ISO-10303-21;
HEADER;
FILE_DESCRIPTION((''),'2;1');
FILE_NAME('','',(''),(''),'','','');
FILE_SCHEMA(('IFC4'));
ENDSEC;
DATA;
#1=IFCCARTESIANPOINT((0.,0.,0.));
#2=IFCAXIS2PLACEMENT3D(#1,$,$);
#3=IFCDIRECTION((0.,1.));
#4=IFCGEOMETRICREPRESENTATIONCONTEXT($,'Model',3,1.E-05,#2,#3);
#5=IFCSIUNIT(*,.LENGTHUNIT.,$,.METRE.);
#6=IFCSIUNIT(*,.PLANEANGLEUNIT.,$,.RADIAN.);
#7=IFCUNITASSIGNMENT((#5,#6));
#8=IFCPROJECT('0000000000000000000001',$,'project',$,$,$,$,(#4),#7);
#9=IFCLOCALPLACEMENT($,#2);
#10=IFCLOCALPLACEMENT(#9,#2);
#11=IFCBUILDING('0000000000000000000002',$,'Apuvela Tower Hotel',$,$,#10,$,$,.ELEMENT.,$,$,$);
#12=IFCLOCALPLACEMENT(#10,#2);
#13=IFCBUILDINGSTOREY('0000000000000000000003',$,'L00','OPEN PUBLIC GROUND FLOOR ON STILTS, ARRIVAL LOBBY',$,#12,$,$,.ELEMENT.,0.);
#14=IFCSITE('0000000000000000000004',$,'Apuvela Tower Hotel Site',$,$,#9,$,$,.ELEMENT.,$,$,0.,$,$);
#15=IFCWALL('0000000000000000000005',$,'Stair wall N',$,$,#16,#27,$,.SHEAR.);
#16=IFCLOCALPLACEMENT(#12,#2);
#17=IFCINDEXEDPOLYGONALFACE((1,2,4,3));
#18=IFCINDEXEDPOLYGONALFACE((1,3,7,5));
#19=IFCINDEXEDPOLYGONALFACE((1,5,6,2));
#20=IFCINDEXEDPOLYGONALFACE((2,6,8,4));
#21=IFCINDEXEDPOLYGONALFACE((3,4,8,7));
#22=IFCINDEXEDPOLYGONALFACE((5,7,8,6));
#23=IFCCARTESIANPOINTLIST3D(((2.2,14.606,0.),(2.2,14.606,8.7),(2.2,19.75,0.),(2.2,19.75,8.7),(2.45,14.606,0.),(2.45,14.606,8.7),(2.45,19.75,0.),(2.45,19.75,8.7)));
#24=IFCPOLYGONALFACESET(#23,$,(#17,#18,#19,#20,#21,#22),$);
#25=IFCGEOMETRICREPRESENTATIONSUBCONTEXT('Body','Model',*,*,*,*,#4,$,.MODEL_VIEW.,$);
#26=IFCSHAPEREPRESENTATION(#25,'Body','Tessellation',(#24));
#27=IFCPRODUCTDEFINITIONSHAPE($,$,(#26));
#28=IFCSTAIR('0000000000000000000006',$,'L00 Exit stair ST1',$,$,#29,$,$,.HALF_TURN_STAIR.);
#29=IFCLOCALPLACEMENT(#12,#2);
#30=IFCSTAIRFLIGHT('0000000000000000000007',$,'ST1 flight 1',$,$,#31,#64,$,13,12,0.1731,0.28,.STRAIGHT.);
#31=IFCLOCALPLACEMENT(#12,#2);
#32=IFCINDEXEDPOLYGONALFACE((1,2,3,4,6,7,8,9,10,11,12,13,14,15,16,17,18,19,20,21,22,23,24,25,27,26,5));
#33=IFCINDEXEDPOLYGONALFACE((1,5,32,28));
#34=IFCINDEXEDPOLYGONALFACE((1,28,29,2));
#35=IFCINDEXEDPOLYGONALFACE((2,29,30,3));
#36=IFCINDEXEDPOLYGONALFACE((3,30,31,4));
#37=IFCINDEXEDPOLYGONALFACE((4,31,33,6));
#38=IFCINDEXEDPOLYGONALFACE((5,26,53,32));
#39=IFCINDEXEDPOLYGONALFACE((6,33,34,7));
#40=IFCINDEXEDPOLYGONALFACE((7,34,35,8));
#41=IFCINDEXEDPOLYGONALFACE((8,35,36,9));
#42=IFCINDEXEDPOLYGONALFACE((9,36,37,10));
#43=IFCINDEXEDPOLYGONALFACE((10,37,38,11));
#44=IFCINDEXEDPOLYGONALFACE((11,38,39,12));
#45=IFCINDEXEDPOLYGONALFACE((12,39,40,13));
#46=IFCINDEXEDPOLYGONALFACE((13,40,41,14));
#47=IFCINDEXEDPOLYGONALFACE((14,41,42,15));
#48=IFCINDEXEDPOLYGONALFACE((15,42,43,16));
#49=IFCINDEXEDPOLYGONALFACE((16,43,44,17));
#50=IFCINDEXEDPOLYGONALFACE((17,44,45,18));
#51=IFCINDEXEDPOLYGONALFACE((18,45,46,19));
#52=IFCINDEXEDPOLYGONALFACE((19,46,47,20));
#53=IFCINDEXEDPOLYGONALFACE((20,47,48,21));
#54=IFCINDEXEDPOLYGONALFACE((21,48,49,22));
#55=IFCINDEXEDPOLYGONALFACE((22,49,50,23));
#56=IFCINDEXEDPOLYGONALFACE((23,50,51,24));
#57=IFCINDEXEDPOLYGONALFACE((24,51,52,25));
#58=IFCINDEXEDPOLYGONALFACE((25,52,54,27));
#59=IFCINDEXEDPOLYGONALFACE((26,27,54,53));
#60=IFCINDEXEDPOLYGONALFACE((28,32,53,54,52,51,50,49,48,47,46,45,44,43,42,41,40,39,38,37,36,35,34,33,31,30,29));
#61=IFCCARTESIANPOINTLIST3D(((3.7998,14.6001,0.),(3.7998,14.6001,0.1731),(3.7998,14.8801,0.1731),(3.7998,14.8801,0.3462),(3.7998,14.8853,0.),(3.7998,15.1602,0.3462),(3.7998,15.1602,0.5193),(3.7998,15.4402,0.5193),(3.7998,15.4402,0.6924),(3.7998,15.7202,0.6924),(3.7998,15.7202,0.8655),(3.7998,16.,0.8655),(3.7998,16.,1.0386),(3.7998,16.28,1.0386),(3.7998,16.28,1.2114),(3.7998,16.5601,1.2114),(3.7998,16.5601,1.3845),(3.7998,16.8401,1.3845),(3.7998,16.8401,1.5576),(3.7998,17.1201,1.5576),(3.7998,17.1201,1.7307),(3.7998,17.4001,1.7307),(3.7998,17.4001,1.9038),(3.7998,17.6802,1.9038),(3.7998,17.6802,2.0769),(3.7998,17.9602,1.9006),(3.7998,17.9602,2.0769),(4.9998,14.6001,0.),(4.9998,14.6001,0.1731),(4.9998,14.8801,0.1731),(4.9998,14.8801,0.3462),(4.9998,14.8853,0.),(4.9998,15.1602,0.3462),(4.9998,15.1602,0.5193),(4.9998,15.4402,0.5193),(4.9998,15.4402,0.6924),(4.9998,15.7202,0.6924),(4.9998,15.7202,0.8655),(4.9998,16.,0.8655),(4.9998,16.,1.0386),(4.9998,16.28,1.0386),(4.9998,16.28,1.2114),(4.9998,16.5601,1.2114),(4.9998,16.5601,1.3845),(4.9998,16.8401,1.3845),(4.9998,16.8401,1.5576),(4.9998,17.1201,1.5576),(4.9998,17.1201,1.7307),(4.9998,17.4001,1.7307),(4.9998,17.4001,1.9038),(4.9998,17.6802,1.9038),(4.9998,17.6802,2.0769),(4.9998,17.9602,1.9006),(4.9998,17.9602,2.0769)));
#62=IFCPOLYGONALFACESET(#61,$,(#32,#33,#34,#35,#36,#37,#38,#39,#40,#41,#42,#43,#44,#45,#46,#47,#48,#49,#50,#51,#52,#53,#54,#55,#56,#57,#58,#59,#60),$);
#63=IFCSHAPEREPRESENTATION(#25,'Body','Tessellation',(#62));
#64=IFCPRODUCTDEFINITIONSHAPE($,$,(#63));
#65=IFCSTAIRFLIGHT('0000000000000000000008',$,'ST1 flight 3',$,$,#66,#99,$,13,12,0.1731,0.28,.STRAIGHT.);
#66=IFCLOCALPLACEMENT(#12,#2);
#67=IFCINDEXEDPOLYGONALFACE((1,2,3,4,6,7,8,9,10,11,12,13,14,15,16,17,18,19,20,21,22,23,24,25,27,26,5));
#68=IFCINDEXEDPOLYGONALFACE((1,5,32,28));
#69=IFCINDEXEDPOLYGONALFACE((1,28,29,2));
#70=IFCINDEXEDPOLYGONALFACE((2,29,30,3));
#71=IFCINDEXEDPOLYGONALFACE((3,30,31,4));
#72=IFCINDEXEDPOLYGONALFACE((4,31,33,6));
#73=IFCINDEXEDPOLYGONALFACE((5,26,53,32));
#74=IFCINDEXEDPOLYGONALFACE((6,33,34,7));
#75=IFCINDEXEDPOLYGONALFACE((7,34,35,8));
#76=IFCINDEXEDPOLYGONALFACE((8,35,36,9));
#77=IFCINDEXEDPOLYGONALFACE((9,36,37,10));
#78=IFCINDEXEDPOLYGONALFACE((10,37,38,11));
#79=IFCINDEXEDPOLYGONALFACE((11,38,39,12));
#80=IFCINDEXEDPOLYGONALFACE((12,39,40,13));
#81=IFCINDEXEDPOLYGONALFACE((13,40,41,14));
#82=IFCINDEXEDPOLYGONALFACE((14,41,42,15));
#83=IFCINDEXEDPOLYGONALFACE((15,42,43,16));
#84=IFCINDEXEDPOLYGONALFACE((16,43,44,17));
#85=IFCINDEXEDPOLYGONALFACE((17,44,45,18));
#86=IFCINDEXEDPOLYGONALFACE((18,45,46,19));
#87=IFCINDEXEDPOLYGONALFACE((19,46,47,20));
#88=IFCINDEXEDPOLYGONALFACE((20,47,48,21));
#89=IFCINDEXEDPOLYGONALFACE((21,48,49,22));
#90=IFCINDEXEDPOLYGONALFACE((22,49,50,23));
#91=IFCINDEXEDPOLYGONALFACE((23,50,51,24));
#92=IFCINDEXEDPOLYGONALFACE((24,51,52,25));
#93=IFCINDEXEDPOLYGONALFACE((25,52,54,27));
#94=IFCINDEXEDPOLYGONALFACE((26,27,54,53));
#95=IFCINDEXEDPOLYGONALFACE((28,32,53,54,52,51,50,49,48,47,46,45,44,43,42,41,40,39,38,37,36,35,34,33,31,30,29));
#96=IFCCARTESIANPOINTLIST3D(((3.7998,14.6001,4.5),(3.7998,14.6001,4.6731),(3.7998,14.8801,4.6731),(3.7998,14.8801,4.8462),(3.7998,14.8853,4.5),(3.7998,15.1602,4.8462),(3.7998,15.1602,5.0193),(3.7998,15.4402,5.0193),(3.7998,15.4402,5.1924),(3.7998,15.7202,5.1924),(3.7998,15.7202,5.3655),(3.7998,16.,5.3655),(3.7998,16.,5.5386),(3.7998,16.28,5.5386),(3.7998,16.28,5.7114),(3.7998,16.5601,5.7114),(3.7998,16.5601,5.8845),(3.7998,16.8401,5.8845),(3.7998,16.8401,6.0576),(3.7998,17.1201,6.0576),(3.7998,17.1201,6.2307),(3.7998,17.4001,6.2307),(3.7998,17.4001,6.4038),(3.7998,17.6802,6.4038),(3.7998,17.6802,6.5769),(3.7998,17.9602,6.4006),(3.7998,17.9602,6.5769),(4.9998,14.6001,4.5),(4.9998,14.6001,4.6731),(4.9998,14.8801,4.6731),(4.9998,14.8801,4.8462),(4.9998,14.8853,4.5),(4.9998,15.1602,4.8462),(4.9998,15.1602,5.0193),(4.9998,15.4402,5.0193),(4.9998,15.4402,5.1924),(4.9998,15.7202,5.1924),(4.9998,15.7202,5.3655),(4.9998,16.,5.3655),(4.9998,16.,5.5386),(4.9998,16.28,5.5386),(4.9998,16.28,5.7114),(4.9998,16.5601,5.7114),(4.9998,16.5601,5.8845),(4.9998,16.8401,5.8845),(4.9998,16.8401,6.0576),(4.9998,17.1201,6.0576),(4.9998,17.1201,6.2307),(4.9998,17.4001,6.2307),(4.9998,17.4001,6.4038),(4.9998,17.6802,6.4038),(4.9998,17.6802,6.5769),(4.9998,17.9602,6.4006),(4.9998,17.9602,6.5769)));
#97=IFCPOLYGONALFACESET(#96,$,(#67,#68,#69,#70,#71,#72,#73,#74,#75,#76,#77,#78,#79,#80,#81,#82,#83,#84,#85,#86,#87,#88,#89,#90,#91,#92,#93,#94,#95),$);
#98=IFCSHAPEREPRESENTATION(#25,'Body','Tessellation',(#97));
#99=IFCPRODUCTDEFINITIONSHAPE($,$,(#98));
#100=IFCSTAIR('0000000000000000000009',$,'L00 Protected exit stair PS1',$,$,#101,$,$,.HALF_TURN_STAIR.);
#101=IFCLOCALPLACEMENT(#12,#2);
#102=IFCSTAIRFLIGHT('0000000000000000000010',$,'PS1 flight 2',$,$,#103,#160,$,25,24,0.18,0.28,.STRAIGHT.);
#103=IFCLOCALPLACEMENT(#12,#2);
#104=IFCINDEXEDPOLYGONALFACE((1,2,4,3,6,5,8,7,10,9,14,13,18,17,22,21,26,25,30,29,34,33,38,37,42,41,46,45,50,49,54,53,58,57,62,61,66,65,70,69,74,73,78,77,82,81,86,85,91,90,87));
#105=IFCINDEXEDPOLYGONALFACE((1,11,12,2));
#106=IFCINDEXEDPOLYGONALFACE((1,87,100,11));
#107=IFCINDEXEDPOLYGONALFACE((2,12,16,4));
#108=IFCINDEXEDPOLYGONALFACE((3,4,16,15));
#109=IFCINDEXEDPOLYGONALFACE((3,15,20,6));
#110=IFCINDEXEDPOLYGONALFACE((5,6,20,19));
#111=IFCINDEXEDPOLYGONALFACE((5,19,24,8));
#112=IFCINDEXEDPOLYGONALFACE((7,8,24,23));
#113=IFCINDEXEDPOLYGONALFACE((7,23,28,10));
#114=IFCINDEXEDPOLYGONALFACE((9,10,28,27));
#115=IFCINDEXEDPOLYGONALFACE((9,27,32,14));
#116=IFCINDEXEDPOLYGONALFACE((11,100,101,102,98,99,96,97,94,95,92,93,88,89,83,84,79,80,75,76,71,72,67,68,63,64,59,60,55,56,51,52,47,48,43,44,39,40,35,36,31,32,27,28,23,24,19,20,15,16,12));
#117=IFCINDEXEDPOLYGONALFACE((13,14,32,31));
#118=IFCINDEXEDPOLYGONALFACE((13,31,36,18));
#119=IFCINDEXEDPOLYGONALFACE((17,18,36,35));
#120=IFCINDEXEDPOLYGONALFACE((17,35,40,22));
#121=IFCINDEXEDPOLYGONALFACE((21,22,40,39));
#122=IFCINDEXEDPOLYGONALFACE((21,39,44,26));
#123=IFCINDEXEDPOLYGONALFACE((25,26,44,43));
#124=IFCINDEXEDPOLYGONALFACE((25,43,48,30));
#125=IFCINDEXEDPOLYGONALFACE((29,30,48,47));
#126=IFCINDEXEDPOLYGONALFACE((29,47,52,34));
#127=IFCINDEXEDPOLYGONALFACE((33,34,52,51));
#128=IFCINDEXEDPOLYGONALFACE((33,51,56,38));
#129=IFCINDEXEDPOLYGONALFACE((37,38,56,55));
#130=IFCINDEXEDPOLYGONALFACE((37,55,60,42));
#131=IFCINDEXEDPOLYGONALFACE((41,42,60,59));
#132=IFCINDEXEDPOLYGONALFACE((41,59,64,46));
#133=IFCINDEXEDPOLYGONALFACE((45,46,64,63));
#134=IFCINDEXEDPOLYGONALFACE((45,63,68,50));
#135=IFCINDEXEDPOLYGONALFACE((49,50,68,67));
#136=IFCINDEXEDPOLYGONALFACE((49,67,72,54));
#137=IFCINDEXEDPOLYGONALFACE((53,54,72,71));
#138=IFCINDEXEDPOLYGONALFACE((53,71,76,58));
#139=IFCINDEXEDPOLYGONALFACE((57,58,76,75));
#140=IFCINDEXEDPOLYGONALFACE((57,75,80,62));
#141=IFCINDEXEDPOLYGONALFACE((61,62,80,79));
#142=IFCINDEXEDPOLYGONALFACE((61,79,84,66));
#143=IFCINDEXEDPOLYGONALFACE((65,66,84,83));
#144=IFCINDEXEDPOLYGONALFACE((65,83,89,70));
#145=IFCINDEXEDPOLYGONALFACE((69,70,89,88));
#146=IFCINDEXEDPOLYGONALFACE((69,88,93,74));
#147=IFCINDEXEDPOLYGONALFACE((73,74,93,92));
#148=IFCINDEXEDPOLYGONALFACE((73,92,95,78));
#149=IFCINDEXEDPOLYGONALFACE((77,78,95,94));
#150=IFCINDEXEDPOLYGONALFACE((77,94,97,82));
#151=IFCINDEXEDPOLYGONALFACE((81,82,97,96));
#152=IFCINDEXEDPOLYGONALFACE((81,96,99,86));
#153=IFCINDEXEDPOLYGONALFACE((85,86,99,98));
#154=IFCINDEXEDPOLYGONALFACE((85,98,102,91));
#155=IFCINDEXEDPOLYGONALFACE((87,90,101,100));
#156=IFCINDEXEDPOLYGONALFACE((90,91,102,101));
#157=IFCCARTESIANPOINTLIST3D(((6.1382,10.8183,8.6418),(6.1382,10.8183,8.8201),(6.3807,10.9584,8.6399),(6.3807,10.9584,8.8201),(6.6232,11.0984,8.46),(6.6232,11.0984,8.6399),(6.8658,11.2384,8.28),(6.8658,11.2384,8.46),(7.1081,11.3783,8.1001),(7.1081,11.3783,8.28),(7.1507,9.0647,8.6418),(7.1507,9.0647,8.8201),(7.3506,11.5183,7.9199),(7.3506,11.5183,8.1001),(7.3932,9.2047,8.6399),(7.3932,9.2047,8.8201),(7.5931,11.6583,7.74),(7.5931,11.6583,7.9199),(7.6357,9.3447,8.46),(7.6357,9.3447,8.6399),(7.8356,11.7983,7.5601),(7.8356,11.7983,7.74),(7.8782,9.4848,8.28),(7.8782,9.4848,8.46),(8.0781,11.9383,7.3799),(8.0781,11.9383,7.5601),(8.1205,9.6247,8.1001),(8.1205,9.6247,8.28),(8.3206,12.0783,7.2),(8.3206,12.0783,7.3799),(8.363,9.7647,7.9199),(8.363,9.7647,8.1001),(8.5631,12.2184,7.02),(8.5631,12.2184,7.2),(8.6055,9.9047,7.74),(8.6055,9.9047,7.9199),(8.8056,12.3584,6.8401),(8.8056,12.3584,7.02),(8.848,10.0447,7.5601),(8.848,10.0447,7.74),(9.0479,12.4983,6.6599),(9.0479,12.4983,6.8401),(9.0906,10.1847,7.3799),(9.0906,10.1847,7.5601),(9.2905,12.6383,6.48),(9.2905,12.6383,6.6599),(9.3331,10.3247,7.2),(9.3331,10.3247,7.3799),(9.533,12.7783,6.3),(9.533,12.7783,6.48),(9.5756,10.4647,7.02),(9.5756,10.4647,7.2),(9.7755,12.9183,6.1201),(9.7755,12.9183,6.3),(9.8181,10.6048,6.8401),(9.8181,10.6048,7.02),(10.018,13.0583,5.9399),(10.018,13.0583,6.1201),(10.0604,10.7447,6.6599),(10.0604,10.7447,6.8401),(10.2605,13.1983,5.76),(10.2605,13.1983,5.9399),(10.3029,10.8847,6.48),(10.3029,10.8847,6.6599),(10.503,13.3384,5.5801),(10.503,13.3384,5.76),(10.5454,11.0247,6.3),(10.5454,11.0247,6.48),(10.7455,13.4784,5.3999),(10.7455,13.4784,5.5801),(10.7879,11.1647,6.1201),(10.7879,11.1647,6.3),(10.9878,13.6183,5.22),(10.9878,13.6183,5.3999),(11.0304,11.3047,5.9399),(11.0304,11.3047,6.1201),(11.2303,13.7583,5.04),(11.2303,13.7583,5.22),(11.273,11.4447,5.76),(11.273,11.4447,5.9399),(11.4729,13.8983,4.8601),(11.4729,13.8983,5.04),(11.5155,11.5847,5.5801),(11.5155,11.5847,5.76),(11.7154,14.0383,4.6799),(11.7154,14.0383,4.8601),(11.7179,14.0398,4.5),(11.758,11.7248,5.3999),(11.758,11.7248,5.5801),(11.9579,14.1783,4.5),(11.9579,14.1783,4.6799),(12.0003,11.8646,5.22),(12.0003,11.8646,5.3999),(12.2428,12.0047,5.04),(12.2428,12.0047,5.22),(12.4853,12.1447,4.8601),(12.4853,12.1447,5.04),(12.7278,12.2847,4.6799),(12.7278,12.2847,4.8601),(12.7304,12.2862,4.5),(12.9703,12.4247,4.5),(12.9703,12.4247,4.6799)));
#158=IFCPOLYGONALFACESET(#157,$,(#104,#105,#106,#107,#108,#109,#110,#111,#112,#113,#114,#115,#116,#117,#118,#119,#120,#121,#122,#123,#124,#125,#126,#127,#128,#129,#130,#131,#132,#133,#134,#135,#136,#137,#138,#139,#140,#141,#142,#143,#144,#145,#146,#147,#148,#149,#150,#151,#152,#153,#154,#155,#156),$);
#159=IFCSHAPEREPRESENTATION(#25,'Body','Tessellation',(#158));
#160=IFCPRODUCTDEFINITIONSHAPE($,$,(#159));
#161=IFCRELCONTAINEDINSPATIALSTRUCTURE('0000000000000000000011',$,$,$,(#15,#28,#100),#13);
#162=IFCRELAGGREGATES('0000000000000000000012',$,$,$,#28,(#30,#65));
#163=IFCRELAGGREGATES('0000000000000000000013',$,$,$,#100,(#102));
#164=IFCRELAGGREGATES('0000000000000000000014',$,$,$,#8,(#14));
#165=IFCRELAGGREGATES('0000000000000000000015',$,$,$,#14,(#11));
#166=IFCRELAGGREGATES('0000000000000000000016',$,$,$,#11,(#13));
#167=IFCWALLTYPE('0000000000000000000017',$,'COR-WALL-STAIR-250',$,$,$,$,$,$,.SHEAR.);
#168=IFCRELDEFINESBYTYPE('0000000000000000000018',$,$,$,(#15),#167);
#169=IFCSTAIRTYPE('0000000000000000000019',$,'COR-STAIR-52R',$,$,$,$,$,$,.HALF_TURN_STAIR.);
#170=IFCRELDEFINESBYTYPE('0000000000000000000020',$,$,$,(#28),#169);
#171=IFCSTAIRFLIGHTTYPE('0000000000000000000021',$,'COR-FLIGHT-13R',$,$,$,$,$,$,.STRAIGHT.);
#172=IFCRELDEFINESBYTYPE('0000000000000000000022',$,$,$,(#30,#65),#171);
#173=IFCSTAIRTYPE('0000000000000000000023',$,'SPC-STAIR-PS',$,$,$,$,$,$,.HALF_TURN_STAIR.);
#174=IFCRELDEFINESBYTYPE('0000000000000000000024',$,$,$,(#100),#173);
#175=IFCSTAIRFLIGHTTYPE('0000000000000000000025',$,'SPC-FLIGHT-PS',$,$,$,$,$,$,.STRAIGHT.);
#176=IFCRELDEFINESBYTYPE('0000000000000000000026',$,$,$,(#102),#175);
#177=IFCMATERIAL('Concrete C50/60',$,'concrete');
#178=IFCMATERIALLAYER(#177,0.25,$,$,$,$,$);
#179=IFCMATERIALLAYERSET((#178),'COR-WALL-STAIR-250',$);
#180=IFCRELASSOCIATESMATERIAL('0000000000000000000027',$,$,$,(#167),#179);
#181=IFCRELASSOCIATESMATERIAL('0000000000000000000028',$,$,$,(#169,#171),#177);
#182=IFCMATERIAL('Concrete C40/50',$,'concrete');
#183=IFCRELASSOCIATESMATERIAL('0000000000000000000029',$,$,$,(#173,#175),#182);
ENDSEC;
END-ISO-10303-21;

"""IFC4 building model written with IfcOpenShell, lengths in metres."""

from ifc_helpers import new_model, si_unit, direction, frame, frame_2d, origin, place, context, subcontext, project, spatial, polyline, rectangle, outline, extrude, material, layer, layer_set, type_object, element, aggregate, save


model = new_model("IFC4")

# Units and contexts
model_context = context("Model", 3, precision=1e-05, world=origin(), true_north=direction((0.0, 1.0)))
body_context = subcontext(model_context, "Body", "Model", "MODEL_VIEW")
ifc_project = project(units=[si_unit("LENGTHUNIT", "METRE"), si_unit("PLANEANGLEUNIT", "RADIAN")], contexts=[model_context])

# Site, building, storey
site_placement = place(None, origin())
site = spatial("IfcSite", under=ifc_project, at=site_placement, Name="Apuvela Tower Hotel Site", CompositionType="ELEMENT", RefElevation=0.0)
building_placement = place(site_placement, origin())
building = spatial("IfcBuilding", under=site, at=building_placement, Name="Apuvela Tower Hotel", CompositionType="ELEMENT")
storey_placement = place(building_placement, origin())
storey = spatial("IfcBuildingStorey", under=building, at=storey_placement, Name="L00", Description="OPEN PUBLIC GROUND FLOOR ON STILTS, ARRIVAL LOBBY", CompositionType="ELEMENT", Elevation=0.0)

# Shared definitions
ifc_material_1 = material(Name="Concrete C40/50", Category="concrete")

# Shared definitions
ifc_material_2 = material(Name="Concrete C50/60", Category="concrete")

# Shared definitions
ifc_layer_1 = layer(ifc_material_2, 0.25)
ifc_layer_set_1 = layer_set([ifc_layer_1], Name="COR-WALL-STAIR-250")
wall_type_1 = type_object("IfcWallType", Name="COR-WALL-STAIR-250", PredefinedType="SHEAR", material=ifc_layer_set_1)

# Wall
wall_1_placement = place(storey_placement, frame((2.325, 14.606, 0.0), z_axis=(0.0, 0.0, 1.0), x_axis=(0.0, 1.0, 0.0)))
element("IfcWall", 1, at=wall_1_placement, inside=storey, type_object=wall_type_1, Name="Stair wall N", PredefinedType="SHEAR", context=body_context, shape_type="SweptSolid", body=[
    extrude(rectangle(XDim=5.144, YDim=0.25, at=frame_2d((2.572, 0.0))), origin(), (0.0, 0.0, 1.0), 8.7),
])

# Stair, stair flights
stair_type_1 = type_object("IfcStairType", Name="COR-STAIR-52R", PredefinedType="HALF_TURN_STAIR", material=ifc_material_2)
stair_1_placement = place(storey_placement, origin())
stair_1 = element("IfcStair", 2, at=stair_1_placement, inside=storey, type_object=stair_type_1, Name="L00 Exit stair ST1", PredefinedType="HALF_TURN_STAIR")
stair_flight_type_1 = type_object("IfcStairFlightType", Name="COR-FLIGHT-13R", PredefinedType="STRAIGHT", material=ifc_material_2)
stair_flight_1_placement = place(storey_placement, frame((4.3999, 14.6001, 0.0), z_axis=(0.0, 0.0, 1.0), x_axis=(0.0, 1.0, 0.0)))
stair_flight_1 = element("IfcStairFlight", 3, at=stair_flight_1_placement, type_object=stair_flight_type_1, Name="ST1 flight 1", NumberOfRisers=13, NumberOfTreads=12, PredefinedType="STRAIGHT", RiserHeight=0.1731, TreadLength=0.28, context=body_context, shape_type="SweptSolid", body=[
    extrude(outline(polyline([(0.0, 0.0), (0.0, 0.1731), (0.28, 0.1731), (0.28, 0.3462), (0.5601, 0.3462), (0.5601, 0.5193), (0.8401, 0.5193), (0.8401, 0.6924), (1.1201, 0.6924), (1.1201, 0.8655), (1.3999, 0.8655), (1.3999, 1.0386), (1.6799, 1.0386), (1.6799, 1.2114), (1.96, 1.2114), (1.96, 1.3845), (2.24, 1.3845), (2.24, 1.5576), (2.52, 1.5576), (2.52, 1.7307), (2.8, 1.7307), (2.8, 1.9038), (3.0801, 1.9038), (3.0801, 2.0769), (3.3601, 2.0769), (3.3601, 2.25), (3.3601, 1.9006), (0.2852, 0.0), (0.0, 0.0)])), frame((0.0, 0.6001, 0.0), z_axis=(0.0, -1.0, 0.0), x_axis=(1.0, 0.0, 0.0)), (0.0, 0.0, 1.0), 1.2),
])
stair_flight_2_placement = place(storey_placement, frame((4.3999, 14.6001, 4.5), z_axis=(0.0, 0.0, 1.0), x_axis=(0.0, 1.0, 0.0)))
stair_flight_2 = element("IfcStairFlight", 4, at=stair_flight_2_placement, type_object=stair_flight_type_1, Name="ST1 flight 3", NumberOfRisers=13, NumberOfTreads=12, PredefinedType="STRAIGHT", RiserHeight=0.1731, TreadLength=0.28, context=body_context, shape_type="SweptSolid", body=[
    extrude(outline(polyline([(0.0, 0.0), (0.0, 0.1731), (0.28, 0.1731), (0.28, 0.3462), (0.5601, 0.3462), (0.5601, 0.5193), (0.8401, 0.5193), (0.8401, 0.6924), (1.1201, 0.6924), (1.1201, 0.8655), (1.3999, 0.8655), (1.3999, 1.0386), (1.6799, 1.0386), (1.6799, 1.2114), (1.96, 1.2114), (1.96, 1.3845), (2.24, 1.3845), (2.24, 1.5576), (2.52, 1.5576), (2.52, 1.7307), (2.8, 1.7307), (2.8, 1.9038), (3.0801, 1.9038), (3.0801, 2.0769), (3.3601, 2.0769), (3.3601, 2.25), (3.3601, 1.9006), (0.2852, 0.0), (0.0, 0.0)])), frame((0.0, 0.6001, 0.0), z_axis=(0.0, -1.0, 0.0), x_axis=(1.0, 0.0, 0.0)), (0.0, 0.0, 1.0), 1.2),
])
aggregate(stair_1, [stair_flight_1, stair_flight_2])

# Stair, stair flight
stair_type_2 = type_object("IfcStairType", Name="SPC-STAIR-PS", PredefinedType="HALF_TURN_STAIR", material=ifc_material_1)
stair_2_placement = place(storey_placement, origin())
stair_2 = element("IfcStair", 5, at=stair_2_placement, inside=storey, type_object=stair_type_2, Name="L00 Protected exit stair PS1", PredefinedType="HALF_TURN_STAIR")
stair_flight_type_2 = type_object("IfcStairFlightType", Name="SPC-FLIGHT-PS", PredefinedType="STRAIGHT", material=ifc_material_1)
stair_flight_3_placement = place(storey_placement, frame((12.4641, 13.3015, 4.5), z_axis=(0.0, 0.0, 1.0), x_axis=(-0.866025, -0.5, 0.0)))
stair_flight_3 = element("IfcStairFlight", 6, at=stair_flight_3_placement, type_object=stair_flight_type_2, Name="PS1 flight 2", NumberOfRisers=25, NumberOfTreads=24, PredefinedType="STRAIGHT", RiserHeight=0.18, TreadLength=0.28, context=body_context, shape_type="SweptSolid", body=[
    extrude(outline(polyline([(0.0, 0.0), (0.0, 0.1799), (0.28, 0.1799), (0.28, 0.3601), (0.5601, 0.3601), (0.5601, 0.54), (0.8401, 0.54), (0.8401, 0.72), (1.1201, 0.72), (1.1201, 0.8999), (1.3999, 0.8999), (1.3999, 1.0801), (1.6799, 1.0801), (1.6799, 1.26), (1.96, 1.26), (1.96, 1.4399), (2.24, 1.4399), (2.24, 1.6201), (2.52, 1.6201), (2.52, 1.8), (2.8, 1.8), (2.8, 1.98), (3.0801, 1.98), (3.0801, 2.1599), (3.3601, 2.1599), (3.3601, 2.3401), (3.6399, 2.3401), (3.6399, 2.52), (3.9199, 2.52), (3.9199, 2.7), (4.2, 2.7), (4.2, 2.8799), (4.48, 2.8799), (4.48, 3.0601), (4.76, 3.0601), (4.76, 3.24), (5.04, 3.24), (5.04, 3.4199), (5.3201, 3.4199), (5.3201, 3.6001), (5.6001, 3.6001), (5.6001, 3.78), (5.8799, 3.78), (5.8799, 3.96), (6.1599, 3.96), (6.1599, 4.1399), (6.4399, 4.1399), (6.4399, 4.3201), (6.72, 4.3201), (6.72, 4.5), (6.72, 4.1418), (0.2771, 0.0), (0.0, 0.0)])), frame((0.0, 1.0125, 0.0), z_axis=(0.0, -1.0, 0.0), x_axis=(1.0, 0.0, 0.0)), (0.0, 0.0, 1.0), 2.0249),
])
aggregate(stair_2, [stair_flight_3])

save(model, "model.ifc")
